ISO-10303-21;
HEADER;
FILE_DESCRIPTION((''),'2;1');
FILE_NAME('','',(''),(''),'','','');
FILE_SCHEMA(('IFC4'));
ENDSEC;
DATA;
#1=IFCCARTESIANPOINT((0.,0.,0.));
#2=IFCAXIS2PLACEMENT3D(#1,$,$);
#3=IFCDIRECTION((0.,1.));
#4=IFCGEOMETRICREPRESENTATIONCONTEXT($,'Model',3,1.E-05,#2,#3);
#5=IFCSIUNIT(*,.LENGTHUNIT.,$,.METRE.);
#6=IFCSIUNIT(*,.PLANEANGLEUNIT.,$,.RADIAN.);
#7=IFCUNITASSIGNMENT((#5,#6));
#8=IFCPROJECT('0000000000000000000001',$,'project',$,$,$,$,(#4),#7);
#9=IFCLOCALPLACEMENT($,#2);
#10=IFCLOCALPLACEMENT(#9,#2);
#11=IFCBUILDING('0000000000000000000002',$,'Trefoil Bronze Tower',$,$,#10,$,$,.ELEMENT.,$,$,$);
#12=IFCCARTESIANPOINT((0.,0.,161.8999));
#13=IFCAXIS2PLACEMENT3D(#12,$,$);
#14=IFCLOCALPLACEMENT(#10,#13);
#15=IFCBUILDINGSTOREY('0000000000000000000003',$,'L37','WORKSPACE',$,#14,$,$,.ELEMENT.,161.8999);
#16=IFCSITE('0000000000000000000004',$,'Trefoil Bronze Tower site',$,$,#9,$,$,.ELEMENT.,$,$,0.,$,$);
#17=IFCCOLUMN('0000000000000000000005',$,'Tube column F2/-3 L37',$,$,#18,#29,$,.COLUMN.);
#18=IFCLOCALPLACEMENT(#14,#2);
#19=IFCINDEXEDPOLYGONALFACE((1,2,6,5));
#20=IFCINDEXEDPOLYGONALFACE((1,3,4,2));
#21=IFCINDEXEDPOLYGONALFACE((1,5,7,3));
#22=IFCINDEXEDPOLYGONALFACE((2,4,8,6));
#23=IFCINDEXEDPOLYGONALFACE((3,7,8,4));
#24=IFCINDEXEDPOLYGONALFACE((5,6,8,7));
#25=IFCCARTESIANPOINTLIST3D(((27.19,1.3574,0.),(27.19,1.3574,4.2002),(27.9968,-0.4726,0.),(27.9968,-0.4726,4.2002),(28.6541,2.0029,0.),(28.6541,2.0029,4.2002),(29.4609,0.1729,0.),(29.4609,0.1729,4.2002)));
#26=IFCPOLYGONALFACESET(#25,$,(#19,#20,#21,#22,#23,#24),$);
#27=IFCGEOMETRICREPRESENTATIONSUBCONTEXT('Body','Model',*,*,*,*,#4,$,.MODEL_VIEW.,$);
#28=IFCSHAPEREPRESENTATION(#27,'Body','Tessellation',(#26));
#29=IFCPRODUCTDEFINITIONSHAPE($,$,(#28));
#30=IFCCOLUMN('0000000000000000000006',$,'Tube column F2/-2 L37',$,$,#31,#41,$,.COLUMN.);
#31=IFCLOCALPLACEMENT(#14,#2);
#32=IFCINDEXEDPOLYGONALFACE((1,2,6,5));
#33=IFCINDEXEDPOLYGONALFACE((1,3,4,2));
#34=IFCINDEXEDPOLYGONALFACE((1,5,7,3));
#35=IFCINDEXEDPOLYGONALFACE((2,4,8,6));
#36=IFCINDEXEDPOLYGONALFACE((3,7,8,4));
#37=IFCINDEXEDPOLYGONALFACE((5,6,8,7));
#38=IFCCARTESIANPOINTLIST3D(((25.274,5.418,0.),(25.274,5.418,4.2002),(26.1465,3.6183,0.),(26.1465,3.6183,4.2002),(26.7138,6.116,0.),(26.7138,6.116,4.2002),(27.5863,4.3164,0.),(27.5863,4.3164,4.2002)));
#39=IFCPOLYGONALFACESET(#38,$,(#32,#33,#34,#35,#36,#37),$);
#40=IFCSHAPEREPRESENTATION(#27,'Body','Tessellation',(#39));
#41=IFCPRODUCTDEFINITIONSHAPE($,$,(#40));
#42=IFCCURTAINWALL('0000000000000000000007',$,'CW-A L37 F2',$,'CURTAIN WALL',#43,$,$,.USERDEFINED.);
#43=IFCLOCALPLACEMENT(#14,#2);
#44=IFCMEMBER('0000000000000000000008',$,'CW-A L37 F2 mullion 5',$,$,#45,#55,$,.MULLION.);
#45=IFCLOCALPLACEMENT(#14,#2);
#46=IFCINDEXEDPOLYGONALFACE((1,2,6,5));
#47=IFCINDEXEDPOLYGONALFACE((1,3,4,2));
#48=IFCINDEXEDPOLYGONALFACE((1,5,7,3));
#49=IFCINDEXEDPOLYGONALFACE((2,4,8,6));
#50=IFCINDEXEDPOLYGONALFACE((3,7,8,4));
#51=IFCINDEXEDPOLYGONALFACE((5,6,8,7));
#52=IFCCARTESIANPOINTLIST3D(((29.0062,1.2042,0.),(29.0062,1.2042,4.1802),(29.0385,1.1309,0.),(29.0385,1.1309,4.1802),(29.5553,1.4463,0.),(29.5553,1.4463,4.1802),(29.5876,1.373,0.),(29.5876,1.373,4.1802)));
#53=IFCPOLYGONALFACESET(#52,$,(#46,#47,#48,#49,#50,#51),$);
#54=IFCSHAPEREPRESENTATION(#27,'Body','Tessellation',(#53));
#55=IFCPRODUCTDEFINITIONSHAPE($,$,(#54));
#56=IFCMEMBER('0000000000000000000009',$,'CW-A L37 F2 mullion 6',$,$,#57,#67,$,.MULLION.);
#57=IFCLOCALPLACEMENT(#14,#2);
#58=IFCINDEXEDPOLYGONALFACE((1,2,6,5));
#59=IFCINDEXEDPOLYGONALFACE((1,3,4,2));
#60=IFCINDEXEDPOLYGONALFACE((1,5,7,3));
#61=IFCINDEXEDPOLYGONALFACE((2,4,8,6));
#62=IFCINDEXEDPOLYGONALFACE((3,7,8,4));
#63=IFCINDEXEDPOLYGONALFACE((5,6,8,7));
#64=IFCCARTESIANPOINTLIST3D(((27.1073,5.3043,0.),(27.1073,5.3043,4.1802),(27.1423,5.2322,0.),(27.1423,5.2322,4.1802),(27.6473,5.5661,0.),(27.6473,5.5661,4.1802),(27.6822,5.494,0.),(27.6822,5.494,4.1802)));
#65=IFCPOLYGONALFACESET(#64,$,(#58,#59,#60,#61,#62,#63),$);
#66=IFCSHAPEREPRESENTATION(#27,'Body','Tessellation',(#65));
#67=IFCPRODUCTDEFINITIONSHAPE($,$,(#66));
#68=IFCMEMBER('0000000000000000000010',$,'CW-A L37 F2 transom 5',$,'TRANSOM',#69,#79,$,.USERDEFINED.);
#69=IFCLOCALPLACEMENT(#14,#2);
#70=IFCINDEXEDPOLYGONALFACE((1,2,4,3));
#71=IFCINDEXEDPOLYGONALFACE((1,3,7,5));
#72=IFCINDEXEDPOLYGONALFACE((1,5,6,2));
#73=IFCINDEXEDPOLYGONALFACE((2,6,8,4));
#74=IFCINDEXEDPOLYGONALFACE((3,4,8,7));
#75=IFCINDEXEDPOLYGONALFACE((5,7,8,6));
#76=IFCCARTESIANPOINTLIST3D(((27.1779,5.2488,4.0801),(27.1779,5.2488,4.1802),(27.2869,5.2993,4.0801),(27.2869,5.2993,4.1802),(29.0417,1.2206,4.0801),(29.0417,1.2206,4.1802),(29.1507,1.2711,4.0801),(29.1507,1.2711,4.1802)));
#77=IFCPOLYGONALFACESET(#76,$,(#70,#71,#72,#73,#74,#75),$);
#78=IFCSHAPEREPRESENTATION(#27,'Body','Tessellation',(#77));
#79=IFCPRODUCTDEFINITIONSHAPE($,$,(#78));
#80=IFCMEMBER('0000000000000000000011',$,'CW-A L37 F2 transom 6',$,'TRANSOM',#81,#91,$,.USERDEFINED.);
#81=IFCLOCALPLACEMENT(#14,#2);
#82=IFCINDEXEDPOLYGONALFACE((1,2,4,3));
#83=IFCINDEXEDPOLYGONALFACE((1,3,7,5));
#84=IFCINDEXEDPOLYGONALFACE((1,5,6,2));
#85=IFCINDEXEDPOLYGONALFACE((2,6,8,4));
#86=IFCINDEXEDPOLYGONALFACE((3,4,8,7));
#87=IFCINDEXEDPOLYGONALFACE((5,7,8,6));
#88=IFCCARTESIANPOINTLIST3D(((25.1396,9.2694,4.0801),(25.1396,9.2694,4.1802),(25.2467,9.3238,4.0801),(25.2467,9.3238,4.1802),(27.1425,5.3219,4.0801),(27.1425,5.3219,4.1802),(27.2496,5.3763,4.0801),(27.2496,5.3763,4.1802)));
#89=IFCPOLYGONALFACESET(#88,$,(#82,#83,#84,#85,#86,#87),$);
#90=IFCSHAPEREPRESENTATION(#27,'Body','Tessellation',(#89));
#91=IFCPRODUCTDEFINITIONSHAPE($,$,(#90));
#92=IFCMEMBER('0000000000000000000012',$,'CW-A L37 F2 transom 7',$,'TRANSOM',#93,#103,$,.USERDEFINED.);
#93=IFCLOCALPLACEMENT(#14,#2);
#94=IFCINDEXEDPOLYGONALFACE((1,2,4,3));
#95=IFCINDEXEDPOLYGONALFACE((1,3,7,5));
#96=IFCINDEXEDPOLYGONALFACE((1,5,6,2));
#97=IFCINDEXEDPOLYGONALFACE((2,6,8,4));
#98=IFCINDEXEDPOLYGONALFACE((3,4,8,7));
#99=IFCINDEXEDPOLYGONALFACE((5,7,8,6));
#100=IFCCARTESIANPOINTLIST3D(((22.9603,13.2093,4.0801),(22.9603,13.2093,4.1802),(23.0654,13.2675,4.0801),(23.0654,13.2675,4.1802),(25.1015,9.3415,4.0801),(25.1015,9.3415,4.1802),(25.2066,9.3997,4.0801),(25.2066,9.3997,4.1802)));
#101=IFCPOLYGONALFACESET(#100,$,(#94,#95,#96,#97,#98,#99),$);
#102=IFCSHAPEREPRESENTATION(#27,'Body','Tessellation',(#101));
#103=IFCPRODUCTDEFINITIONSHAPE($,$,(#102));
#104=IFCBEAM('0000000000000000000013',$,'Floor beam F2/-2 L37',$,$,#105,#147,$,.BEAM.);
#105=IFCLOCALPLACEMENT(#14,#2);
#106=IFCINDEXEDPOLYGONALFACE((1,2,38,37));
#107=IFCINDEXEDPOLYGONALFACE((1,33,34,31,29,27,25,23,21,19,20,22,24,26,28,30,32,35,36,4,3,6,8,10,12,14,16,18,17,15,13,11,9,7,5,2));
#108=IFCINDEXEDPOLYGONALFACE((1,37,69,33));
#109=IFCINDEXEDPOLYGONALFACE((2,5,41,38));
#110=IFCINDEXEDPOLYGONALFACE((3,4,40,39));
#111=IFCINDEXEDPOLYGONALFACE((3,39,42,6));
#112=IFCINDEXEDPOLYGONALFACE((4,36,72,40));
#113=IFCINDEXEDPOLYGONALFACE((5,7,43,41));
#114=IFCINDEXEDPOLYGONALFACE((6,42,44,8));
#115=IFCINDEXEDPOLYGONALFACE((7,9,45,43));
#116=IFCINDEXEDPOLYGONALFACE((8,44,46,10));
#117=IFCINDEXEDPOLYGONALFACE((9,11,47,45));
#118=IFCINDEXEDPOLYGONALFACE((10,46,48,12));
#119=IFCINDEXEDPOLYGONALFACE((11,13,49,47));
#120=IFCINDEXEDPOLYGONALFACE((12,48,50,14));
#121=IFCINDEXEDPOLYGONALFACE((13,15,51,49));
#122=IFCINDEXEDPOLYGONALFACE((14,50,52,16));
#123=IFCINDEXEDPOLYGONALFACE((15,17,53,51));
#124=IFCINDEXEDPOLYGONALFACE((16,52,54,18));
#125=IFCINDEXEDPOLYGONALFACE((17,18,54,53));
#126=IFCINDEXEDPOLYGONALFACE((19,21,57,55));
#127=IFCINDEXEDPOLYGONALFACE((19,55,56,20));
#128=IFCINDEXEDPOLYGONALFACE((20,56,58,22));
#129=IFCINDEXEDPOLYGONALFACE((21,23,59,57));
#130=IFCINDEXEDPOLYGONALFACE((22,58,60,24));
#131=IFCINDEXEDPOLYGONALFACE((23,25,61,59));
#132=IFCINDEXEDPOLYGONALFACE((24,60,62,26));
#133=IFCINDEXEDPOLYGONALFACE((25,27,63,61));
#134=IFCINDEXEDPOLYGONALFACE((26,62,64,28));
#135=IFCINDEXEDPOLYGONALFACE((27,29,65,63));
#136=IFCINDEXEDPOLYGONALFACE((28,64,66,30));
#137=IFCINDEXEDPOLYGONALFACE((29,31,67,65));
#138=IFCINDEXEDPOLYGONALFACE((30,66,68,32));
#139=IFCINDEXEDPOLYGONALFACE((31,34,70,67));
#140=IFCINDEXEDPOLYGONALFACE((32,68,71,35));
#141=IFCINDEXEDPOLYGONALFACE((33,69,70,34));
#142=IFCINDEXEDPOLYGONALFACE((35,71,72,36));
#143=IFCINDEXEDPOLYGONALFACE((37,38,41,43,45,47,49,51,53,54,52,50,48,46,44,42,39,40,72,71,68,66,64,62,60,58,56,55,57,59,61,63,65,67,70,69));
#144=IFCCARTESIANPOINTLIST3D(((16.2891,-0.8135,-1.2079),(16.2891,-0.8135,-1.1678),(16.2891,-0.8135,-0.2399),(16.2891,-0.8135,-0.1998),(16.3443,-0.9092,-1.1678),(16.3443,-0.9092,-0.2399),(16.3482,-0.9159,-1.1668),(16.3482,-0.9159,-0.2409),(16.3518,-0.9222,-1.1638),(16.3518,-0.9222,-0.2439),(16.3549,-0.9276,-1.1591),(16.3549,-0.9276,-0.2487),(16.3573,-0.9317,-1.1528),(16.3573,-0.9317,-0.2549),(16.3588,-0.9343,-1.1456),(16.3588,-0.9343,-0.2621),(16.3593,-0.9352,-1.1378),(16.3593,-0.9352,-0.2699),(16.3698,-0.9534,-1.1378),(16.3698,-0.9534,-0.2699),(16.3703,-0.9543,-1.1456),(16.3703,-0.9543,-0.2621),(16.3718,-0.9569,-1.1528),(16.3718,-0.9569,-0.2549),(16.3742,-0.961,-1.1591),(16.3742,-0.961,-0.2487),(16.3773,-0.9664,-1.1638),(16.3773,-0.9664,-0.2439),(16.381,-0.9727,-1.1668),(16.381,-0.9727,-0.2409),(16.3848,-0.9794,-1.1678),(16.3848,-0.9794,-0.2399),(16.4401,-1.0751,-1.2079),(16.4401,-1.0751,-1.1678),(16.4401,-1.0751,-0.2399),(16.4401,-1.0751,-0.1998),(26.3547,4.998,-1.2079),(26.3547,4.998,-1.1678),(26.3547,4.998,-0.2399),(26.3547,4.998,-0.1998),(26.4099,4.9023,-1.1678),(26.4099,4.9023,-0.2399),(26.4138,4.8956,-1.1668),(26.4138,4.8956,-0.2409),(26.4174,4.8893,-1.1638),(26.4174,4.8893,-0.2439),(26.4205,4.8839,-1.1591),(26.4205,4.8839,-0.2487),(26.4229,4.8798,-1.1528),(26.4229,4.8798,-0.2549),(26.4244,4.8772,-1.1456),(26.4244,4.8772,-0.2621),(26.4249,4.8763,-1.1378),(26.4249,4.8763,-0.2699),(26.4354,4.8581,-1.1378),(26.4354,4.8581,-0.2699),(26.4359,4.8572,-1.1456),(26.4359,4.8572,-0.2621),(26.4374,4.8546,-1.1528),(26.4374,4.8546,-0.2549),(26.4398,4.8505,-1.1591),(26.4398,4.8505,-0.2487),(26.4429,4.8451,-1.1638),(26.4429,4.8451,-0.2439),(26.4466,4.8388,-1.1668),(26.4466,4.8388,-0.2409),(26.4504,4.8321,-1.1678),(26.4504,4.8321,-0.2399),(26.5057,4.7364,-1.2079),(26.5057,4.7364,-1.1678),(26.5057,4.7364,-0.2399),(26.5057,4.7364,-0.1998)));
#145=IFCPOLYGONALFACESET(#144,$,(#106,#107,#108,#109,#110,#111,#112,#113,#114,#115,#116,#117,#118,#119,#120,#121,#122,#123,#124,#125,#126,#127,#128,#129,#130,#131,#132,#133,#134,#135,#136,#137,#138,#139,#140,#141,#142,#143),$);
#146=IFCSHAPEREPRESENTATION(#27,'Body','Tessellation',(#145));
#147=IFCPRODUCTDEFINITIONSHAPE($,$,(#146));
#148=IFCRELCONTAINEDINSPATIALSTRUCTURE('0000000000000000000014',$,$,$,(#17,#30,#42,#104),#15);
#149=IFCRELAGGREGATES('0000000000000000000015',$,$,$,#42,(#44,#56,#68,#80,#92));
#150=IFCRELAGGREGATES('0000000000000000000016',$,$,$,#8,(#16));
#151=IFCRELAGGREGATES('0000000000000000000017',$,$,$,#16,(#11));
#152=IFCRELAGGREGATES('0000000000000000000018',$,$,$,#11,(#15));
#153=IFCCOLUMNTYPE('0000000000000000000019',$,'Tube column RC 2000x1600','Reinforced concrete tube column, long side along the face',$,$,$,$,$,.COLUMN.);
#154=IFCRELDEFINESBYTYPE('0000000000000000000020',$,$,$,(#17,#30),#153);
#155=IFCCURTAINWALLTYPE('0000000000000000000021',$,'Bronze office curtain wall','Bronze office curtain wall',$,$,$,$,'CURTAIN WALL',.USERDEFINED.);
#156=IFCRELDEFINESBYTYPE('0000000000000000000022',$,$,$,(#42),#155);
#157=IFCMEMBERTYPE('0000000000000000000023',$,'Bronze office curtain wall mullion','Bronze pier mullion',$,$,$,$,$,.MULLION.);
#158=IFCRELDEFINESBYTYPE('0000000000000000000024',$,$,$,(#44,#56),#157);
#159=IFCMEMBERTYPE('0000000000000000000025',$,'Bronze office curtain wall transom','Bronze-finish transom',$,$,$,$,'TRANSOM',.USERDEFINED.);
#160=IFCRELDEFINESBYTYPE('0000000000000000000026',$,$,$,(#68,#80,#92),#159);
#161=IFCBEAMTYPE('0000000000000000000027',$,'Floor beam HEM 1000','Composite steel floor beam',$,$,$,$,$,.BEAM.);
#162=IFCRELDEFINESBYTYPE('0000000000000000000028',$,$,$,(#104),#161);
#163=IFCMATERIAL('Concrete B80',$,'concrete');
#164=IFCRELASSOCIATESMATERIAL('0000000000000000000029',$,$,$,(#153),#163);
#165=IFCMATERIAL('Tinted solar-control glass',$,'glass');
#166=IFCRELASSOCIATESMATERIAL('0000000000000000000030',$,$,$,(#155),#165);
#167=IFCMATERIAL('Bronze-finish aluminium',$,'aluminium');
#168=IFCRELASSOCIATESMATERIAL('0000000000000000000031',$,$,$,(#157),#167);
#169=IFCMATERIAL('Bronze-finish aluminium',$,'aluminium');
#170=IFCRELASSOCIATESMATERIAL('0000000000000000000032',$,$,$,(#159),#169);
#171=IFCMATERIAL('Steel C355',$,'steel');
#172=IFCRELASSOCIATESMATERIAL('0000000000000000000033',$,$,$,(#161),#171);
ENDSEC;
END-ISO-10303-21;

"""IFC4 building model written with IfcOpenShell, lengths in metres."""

from ifc_helpers import new_model, si_unit, direction, frame, origin, origin_2d, place, context, subcontext, project, spatial, rectangle, i_section, extrude, material, material_profile, profile_set, type_object, element, aggregate, save


model = new_model("IFC4")

# Units and contexts
model_context = context("Model", 3, precision=1e-05, world=origin(), true_north=direction((0.0, 1.0)))
body_context = subcontext(model_context, "Body", "Model", "MODEL_VIEW")
ifc_project = project(units=[si_unit("LENGTHUNIT", "METRE"), si_unit("PLANEANGLEUNIT", "RADIAN")], contexts=[model_context])

# Site, building, storey
site_placement = place(None, origin())
site = spatial("IfcSite", under=ifc_project, at=site_placement, Name="Trefoil Bronze Tower site", CompositionType="ELEMENT", RefElevation=0.0)
building_placement = place(site_placement, origin())
building = spatial("IfcBuilding", under=site, at=building_placement, Name="Trefoil Bronze Tower", CompositionType="ELEMENT")
storey_placement = place(building_placement, frame((0.0, 0.0, 161.8999)))
storey = spatial("IfcBuildingStorey", under=building, at=storey_placement, Name="L37", Description="WORKSPACE", CompositionType="ELEMENT", Elevation=161.8999)

# Columns
ifc_material_1 = material(Name="Concrete B80", Category="concrete")
ifc_material_profile_1 = material_profile(ifc_material_1, rectangle(XDim=2.0, YDim=1.6001, at=origin_2d()), Name="RC 2000x1600")
ifc_profile_set_1 = profile_set([ifc_material_profile_1], Name="Concrete B80")
column_type = type_object("IfcColumnType", Name="Tube column RC 2000x1600", Description="Reinforced concrete tube column, long side along the face", PredefinedType="COLUMN", material=ifc_profile_set_1)
for number, where, z_axis, x_axis, name in (
    (1, (28.3254, 0.7651, 0.0), (0.0, 0.0, 1.0), (-0.403412, 0.915018, 0.0), "Tube column F2/-3 L37"),
    (2, (26.4302, 4.8672, 0.0), (0.0, 0.0, 1.0), (-0.436262, 0.89982, 0.0), "Tube column F2/-2 L37"),
):
    element("IfcColumn", number, at=place(storey_placement, frame(where, z_axis=z_axis, x_axis=x_axis)), inside=storey, type_object=column_type, Name=name, PredefinedType="COLUMN", context=body_context, shape_type="SweptSolid", body=[
        extrude(rectangle(XDim=2.0, YDim=1.6001, at=origin_2d()), origin(), (0.0, 0.0, 1.0), 4.2002),
    ])

# Curtain wall, members
ifc_material_2 = material(Name="Tinted solar-control glass", Category="glass")
curtain_wall_type = type_object("IfcCurtainWallType", Name="Bronze office curtain wall", Description="Bronze office curtain wall", ElementType="CURTAIN WALL", PredefinedType="USERDEFINED", material=ifc_material_2)
curtain_wall_placement = place(storey_placement, origin())
curtain_wall = element("IfcCurtainWall", 3, at=curtain_wall_placement, inside=storey, type_object=curtain_wall_type, Name="CW-A L37 F2", ObjectType="CURTAIN WALL", PredefinedType="USERDEFINED")
ifc_material_3 = material(Name="Bronze-finish aluminium", Category="aluminium")
ifc_material_profile_2 = material_profile(ifc_material_3, rectangle(XDim=0.6001, YDim=0.0801, at=origin_2d()), Name="CW-A mullion")
ifc_profile_set_2 = profile_set([ifc_material_profile_2], Name="Bronze-finish aluminium")
member_type_1 = type_object("IfcMemberType", Name="Bronze office curtain wall mullion", Description="Bronze pier mullion", PredefinedType="MULLION", material=ifc_profile_set_2)
member_1_placement = place(storey_placement, frame((29.2969, 1.2886, 0.0), z_axis=(0.0, 0.0, 1.0), x_axis=(-0.915018, -0.403412, 0.0)))
member_1 = element("IfcMember", 4, at=member_1_placement, type_object=member_type_1, Name="CW-A L37 F2 mullion 5", PredefinedType="MULLION", context=body_context, shape_type="SweptSolid", body=[
    extrude(rectangle(XDim=0.6001, YDim=0.0801, at=origin_2d()), origin(), (0.0, 0.0, 1.0), 4.1802),
])
member_2_placement = place(storey_placement, frame((27.3948, 5.3992, 0.0), z_axis=(0.0, 0.0, 1.0), x_axis=(-0.89982, -0.436262, 0.0)))
member_2 = element("IfcMember", 5, at=member_2_placement, type_object=member_type_1, Name="CW-A L37 F2 mullion 6", PredefinedType="MULLION", context=body_context, shape_type="SweptSolid", body=[
    extrude(rectangle(XDim=0.6001, YDim=0.0801, at=origin_2d()), origin(), (0.0, 0.0, 1.0), 4.1802),
])
ifc_material_4 = material(Name="Bronze-finish aluminium", Category="aluminium")
ifc_material_profile_3 = material_profile(ifc_material_4, rectangle(XDim=0.1201, YDim=0.1001, at=origin_2d()), Name="CW-A transom")
ifc_profile_set_3 = profile_set([ifc_material_profile_3], Name="Bronze-finish aluminium")
member_type_2 = type_object("IfcMemberType", Name="Bronze office curtain wall transom", Description="Bronze-finish transom", ElementType="TRANSOM", PredefinedType="USERDEFINED", material=ifc_profile_set_3)
member_3_placement = place(storey_placement, frame((29.0962, 1.2458, 4.1301), z_axis=(-0.419923, 0.90756, 0.0), x_axis=(-0.90756, -0.419923, 0.0)))
member_3 = element("IfcMember", 6, at=member_3_placement, type_object=member_type_2, Name="CW-A L37 F2 transom 5", ObjectType="TRANSOM", PredefinedType="USERDEFINED", context=body_context, shape_type="SweptSolid", body=[
    extrude(rectangle(XDim=0.1201, YDim=0.1001, at=origin_2d()), origin(), (0.0, 0.0, 1.0), 4.4385),
])
member_4_placement = place(storey_placement, frame((27.196, 5.3491, 4.1301), z_axis=(-0.452478, 0.891775, 0.0), x_axis=(-0.891775, -0.452478, 0.0)))
member_4 = element("IfcMember", 7, at=member_4_placement, type_object=member_type_2, Name="CW-A L37 F2 transom 6", ObjectType="TRANSOM", PredefinedType="USERDEFINED", context=body_context, shape_type="SweptSolid", body=[
    extrude(rectangle(XDim=0.1201, YDim=0.1001, at=origin_2d()), origin(), (0.0, 0.0, 1.0), 4.4265),
])
member_5_placement = place(storey_placement, frame((25.1541, 9.3706, 4.1301), z_axis=(-0.484329, 0.874886, 0.0), x_axis=(-0.874886, -0.484329, 0.0)))
member_5 = element("IfcMember", 8, at=member_5_placement, type_object=member_type_2, Name="CW-A L37 F2 transom 7", ObjectType="TRANSOM", PredefinedType="USERDEFINED", context=body_context, shape_type="SweptSolid", body=[
    extrude(rectangle(XDim=0.1201, YDim=0.1001, at=origin_2d()), origin(), (0.0, 0.0, 1.0), 4.4209),
])

# Beam
ifc_material_5 = material(Name="Steel C355", Category="steel")
ifc_material_profile_4 = material_profile(ifc_material_5, i_section(OverallWidth=0.302, OverallDepth=1.0081, WebThickness=0.021, FlangeThickness=0.04, FilletRadius=0.03, at=origin_2d()), Name="HEM 1000")
ifc_profile_set_4 = profile_set([ifc_material_profile_4], Name="Steel C355")
beam_type_1 = type_object("IfcBeamType", Name="Floor beam HEM 1000", Description="Composite steel floor beam", PredefinedType="BEAM", material=ifc_profile_set_4)
beam_1_placement = place(storey_placement, frame((26.4302, 4.8672, -0.7039), z_axis=(-0.866022, -0.500007, 0.0), x_axis=(0.500007, -0.866022, 0.0)))
element("IfcBeam", 9, at=beam_1_placement, inside=storey, type_object=beam_type_1, Name="Floor beam F2/-2 L37", PredefinedType="BEAM", context=body_context, shape_type="SweptSolid", body=[
    extrude(i_section(OverallWidth=0.302, OverallDepth=1.0081, WebThickness=0.021, FlangeThickness=0.04, FilletRadius=0.03, at=origin_2d()), origin(), (0.0, 0.0, 1.0), 11.6228),
])

aggregate(curtain_wall, [member_1, member_2, member_3, member_4, member_5])

save(model, "model.ifc")
